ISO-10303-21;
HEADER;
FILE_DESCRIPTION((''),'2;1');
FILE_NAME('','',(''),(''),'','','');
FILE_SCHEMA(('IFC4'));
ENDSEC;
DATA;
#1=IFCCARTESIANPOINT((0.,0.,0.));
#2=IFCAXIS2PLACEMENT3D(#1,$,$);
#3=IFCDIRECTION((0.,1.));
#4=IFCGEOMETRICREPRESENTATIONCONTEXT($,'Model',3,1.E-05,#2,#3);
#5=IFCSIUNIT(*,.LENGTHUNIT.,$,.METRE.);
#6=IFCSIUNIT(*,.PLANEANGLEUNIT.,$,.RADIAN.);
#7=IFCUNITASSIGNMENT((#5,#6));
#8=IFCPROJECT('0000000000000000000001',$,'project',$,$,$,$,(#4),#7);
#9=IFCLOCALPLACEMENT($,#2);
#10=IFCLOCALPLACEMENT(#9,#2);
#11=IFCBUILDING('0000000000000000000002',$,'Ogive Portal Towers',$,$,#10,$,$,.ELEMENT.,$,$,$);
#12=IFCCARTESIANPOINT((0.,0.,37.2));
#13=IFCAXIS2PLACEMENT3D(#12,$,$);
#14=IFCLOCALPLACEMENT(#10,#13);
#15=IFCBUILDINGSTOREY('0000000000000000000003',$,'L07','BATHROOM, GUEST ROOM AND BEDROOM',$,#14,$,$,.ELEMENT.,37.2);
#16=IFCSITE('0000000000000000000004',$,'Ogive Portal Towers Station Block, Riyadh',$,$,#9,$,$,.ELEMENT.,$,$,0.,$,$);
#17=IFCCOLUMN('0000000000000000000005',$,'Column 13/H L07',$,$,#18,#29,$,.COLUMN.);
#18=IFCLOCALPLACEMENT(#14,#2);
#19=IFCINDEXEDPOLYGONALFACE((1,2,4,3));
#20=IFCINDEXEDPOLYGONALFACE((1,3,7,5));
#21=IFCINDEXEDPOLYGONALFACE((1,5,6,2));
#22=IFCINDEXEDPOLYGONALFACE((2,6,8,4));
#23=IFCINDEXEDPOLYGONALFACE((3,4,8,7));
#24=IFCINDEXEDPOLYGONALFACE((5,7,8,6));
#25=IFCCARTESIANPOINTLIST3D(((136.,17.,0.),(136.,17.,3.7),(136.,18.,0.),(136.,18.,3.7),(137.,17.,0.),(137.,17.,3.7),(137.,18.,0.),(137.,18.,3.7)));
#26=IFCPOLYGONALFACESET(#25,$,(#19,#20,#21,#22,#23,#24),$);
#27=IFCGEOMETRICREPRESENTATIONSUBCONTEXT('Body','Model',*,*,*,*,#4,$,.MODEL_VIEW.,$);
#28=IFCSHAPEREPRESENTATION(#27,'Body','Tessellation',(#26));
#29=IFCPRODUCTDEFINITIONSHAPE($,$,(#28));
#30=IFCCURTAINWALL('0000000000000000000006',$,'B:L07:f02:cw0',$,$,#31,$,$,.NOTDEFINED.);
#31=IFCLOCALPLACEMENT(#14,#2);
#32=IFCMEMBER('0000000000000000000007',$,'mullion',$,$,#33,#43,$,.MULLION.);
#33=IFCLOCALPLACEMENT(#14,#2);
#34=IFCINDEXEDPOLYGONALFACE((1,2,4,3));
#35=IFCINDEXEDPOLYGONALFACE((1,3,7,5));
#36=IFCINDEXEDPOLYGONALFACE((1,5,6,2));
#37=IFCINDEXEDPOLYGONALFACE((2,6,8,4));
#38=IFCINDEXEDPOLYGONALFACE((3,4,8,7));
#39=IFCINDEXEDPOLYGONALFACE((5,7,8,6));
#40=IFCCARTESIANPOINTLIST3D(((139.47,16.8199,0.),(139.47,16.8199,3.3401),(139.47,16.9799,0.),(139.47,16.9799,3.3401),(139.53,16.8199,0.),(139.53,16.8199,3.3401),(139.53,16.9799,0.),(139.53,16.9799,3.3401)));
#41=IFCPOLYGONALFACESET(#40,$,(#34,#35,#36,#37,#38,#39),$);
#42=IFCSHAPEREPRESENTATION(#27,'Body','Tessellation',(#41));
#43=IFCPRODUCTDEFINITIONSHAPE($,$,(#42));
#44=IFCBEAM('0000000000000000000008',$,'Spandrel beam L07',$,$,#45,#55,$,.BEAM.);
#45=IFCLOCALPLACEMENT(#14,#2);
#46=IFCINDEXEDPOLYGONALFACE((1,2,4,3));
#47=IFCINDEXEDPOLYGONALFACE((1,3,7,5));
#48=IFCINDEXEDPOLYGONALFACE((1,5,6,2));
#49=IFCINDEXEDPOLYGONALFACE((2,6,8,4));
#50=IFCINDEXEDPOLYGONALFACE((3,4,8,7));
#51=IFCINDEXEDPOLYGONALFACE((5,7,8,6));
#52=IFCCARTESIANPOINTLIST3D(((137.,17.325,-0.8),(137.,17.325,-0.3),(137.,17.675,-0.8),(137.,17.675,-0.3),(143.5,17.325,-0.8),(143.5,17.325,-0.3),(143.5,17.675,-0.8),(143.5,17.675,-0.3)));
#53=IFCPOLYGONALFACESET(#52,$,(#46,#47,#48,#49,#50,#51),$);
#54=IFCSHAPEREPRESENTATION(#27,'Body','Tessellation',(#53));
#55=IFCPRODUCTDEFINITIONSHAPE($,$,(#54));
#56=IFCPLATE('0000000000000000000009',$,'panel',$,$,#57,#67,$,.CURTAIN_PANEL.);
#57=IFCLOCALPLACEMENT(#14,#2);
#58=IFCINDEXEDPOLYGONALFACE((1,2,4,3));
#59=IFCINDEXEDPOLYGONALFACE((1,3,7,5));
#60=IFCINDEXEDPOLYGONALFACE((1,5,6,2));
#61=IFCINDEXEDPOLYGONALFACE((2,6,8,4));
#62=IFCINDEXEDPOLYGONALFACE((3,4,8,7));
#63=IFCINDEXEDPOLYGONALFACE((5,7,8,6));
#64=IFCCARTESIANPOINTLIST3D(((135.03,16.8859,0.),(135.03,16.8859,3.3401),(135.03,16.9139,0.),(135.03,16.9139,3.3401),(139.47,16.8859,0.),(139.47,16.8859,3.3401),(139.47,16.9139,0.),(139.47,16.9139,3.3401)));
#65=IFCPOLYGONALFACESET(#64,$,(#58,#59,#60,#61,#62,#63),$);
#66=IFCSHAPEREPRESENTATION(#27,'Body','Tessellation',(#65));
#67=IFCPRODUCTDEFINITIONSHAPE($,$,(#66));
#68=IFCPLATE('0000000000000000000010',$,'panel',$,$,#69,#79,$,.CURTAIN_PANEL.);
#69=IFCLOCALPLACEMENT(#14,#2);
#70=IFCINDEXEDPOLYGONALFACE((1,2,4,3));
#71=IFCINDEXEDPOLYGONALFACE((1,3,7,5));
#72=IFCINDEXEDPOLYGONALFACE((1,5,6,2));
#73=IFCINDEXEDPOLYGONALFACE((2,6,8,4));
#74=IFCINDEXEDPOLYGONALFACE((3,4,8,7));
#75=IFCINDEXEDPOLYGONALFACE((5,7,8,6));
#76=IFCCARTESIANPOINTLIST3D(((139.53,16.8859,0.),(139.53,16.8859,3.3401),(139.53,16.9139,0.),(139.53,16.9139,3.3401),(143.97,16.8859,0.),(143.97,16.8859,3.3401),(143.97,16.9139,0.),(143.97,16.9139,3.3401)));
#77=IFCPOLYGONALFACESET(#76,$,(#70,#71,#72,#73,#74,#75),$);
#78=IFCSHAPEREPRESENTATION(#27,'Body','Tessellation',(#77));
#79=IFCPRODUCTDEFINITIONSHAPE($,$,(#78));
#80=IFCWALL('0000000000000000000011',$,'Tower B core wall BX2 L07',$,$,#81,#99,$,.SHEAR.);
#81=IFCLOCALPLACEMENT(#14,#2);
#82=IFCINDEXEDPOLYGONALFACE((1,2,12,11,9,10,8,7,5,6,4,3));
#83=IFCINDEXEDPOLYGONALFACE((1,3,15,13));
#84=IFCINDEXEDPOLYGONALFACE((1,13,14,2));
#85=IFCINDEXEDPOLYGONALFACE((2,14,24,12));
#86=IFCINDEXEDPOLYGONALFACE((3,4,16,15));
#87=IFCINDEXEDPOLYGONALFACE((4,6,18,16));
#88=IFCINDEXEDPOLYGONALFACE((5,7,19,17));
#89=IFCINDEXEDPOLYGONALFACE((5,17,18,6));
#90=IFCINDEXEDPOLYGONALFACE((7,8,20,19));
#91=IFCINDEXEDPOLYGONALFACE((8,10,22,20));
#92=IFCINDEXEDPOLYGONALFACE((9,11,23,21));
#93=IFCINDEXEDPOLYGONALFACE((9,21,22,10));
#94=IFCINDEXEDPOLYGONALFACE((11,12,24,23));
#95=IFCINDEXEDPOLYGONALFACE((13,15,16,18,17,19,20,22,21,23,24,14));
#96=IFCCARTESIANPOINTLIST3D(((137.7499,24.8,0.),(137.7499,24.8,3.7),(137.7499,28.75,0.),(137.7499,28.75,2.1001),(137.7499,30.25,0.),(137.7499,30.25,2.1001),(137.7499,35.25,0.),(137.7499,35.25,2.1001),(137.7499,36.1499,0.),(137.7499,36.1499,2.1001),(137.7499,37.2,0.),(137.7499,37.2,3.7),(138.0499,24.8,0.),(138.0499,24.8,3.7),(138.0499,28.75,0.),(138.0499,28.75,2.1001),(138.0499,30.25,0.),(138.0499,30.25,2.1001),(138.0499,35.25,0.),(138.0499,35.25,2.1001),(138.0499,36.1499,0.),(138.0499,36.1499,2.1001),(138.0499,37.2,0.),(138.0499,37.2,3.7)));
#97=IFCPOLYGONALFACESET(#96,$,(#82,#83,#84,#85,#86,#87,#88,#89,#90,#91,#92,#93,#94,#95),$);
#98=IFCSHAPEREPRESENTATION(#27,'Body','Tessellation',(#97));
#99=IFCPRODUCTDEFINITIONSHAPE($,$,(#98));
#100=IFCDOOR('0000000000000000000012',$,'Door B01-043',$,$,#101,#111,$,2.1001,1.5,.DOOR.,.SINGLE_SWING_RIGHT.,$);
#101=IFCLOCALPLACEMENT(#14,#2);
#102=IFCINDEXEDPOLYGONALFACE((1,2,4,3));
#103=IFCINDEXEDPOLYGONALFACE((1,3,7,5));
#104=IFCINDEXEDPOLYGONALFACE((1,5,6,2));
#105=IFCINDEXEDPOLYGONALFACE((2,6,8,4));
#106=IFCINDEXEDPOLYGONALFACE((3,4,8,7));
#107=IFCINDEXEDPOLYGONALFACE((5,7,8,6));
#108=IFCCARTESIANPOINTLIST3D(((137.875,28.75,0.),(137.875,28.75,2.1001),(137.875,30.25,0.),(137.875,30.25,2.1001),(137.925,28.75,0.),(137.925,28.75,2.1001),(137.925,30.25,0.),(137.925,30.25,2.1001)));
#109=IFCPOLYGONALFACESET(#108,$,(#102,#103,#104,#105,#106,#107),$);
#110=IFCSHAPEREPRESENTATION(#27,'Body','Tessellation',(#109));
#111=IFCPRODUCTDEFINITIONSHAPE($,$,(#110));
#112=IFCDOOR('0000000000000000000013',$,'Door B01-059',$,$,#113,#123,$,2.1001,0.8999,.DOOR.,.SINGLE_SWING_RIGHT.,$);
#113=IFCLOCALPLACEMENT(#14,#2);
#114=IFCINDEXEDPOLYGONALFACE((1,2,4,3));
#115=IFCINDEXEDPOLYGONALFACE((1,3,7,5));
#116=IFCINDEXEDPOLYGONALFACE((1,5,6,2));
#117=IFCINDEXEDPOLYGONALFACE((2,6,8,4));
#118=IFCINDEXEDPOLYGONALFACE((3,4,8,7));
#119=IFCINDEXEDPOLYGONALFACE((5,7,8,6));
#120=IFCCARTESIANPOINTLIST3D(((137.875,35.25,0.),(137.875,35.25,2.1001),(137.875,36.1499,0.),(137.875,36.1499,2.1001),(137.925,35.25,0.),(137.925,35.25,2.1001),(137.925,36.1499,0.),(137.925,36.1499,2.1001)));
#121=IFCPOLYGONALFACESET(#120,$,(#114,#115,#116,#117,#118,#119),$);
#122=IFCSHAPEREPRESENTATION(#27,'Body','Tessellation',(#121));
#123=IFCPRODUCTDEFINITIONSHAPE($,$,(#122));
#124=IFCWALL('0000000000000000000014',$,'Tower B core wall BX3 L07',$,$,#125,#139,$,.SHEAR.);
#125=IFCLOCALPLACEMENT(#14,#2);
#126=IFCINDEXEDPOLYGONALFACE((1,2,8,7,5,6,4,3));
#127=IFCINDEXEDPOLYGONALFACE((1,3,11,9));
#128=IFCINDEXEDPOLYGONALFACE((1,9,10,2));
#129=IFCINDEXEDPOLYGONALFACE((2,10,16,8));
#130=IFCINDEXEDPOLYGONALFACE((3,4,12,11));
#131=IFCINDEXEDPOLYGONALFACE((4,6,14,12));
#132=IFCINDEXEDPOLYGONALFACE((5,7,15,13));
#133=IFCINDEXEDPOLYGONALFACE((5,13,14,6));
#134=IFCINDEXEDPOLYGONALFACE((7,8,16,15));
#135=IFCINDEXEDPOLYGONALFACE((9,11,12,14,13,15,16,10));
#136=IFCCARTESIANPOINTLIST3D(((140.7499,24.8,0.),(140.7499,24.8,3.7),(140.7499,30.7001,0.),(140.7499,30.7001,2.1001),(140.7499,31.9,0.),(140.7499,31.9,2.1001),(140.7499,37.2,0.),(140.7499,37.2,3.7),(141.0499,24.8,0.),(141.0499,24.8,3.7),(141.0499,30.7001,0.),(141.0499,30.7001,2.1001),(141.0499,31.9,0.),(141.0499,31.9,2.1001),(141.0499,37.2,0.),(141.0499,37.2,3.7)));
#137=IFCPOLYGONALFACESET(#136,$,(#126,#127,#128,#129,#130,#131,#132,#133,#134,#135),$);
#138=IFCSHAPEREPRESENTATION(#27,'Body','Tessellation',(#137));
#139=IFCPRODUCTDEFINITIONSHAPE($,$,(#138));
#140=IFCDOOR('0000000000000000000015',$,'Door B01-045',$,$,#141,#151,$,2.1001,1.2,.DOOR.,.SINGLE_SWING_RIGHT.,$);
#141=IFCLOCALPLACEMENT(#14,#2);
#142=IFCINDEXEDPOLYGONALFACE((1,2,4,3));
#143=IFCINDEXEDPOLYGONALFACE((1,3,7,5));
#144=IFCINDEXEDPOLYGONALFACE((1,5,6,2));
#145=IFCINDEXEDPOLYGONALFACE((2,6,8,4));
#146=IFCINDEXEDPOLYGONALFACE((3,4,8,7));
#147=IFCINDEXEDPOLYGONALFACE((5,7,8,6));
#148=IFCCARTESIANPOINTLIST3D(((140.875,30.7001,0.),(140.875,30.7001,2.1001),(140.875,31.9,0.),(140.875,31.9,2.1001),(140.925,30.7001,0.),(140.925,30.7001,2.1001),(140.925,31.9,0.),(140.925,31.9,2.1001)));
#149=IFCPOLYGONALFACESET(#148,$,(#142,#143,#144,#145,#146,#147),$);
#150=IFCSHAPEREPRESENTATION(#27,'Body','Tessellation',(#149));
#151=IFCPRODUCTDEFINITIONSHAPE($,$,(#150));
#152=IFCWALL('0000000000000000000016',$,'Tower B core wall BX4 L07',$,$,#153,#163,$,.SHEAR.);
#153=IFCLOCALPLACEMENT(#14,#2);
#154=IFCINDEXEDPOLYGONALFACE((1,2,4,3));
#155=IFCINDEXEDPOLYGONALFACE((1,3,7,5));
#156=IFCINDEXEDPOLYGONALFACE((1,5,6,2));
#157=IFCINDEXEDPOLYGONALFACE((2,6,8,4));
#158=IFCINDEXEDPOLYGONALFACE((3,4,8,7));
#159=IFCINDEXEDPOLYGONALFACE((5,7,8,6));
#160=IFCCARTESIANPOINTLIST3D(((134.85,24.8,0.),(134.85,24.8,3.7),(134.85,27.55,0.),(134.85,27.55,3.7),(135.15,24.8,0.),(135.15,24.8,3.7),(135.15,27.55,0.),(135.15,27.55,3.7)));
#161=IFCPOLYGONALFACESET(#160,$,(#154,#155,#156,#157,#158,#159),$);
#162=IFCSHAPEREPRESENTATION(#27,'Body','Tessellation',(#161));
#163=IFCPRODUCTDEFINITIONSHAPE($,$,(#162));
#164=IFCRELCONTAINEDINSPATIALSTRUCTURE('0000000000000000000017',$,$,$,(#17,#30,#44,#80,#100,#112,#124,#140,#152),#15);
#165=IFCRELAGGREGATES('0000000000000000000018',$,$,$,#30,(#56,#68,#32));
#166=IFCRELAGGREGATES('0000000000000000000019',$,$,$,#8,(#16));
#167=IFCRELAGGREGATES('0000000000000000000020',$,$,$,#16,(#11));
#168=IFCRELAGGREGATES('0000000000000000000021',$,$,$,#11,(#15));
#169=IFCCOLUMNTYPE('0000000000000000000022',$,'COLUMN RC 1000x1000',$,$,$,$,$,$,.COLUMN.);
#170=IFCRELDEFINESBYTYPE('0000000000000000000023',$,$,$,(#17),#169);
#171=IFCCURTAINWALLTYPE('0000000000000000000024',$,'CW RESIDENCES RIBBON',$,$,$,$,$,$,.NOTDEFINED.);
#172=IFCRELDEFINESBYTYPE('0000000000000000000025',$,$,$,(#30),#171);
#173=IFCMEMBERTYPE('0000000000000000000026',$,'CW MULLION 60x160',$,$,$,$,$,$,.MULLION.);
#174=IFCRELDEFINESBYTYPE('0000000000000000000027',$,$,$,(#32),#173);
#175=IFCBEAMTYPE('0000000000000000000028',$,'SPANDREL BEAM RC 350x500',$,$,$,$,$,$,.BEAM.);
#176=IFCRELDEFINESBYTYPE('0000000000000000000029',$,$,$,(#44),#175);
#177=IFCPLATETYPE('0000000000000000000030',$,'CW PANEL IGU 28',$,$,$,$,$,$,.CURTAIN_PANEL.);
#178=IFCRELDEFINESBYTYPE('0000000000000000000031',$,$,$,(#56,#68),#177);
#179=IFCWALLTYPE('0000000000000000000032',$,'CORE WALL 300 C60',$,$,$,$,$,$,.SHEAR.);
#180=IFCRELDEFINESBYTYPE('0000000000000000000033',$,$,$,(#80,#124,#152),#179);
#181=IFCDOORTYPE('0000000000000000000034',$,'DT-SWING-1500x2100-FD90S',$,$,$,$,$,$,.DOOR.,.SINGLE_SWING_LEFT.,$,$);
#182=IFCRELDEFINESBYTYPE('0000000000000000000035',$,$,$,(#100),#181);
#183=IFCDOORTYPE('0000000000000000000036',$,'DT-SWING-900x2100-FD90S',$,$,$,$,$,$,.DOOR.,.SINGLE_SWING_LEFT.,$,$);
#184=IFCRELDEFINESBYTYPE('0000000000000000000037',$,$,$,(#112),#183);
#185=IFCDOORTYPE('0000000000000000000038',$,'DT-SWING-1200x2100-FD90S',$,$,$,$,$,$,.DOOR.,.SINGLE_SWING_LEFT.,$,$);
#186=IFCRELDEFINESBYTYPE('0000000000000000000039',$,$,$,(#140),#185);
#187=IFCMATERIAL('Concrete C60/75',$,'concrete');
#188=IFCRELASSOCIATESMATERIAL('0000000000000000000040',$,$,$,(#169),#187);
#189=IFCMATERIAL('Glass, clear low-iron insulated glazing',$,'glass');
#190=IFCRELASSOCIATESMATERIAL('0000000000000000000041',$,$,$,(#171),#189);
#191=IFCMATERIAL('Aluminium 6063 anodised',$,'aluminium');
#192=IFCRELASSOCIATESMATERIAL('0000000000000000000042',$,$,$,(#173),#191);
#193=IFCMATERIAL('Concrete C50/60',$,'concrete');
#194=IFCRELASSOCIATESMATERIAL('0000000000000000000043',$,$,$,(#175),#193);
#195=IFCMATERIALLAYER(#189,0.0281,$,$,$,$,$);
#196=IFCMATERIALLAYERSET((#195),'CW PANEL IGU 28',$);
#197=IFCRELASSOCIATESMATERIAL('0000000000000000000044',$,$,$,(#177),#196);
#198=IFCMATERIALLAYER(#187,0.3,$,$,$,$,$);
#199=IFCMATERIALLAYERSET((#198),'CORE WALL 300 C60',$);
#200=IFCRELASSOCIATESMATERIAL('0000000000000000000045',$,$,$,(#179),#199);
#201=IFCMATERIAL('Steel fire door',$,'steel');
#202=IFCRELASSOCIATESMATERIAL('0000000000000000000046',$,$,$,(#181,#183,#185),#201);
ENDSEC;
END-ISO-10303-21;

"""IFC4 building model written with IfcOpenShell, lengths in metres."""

from ifc_helpers import new_model, si_unit, direction, frame, frame_2d, origin, origin_2d, place, context, subcontext, project, spatial, rectangle, extrude, material, layer, layer_set, material_profile, profile_set, type_object, element, fill, aggregate, save


model = new_model("IFC4")

# Units and contexts
model_context = context("Model", 3, precision=1e-05, world=origin(), true_north=direction((0.0, 1.0)))
body_context = subcontext(model_context, "Body", "Model", "MODEL_VIEW")
ifc_project = project(units=[si_unit("LENGTHUNIT", "METRE"), si_unit("PLANEANGLEUNIT", "RADIAN")], contexts=[model_context])

# Site, building, storey
site_placement = place(None, origin())
site = spatial("IfcSite", under=ifc_project, at=site_placement, Name="Ogive Portal Towers Station Block, Riyadh", CompositionType="ELEMENT", RefElevation=0.0)
building_placement = place(site_placement, origin())
building = spatial("IfcBuilding", under=site, at=building_placement, Name="Ogive Portal Towers", CompositionType="ELEMENT")
storey_placement = place(building_placement, frame((0.0, 0.0, 37.2)))
storey = spatial("IfcBuildingStorey", under=building, at=storey_placement, Name="L07", Description="BATHROOM, GUEST ROOM AND BEDROOM", CompositionType="ELEMENT", Elevation=37.2)

# Column
ifc_material_1 = material(Name="Concrete C60/75", Category="concrete")
ifc_material_profile_1 = material_profile(ifc_material_1, rectangle(XDim=1.0, YDim=1.0, at=origin_2d()), Name="RC 1000x1000")
ifc_profile_set_1 = profile_set([ifc_material_profile_1], Name="Concrete C60/75")
column_type = type_object("IfcColumnType", Name="COLUMN RC 1000x1000", PredefinedType="COLUMN", material=ifc_profile_set_1)
column_placement = place(storey_placement, frame((136.5, 17.5, 0.0), z_axis=(0.0, 0.0, 1.0), x_axis=(1.0, 0.0, 0.0)))
element("IfcColumn", 1, at=column_placement, inside=storey, type_object=column_type, Name="Column 13/H L07", PredefinedType="COLUMN", context=body_context, shape_type="SweptSolid", body=[
    extrude(rectangle(XDim=1.0, YDim=1.0, at=origin_2d()), origin(), (0.0, 0.0, 1.0), 3.7),
])

# Curtain wall, member
ifc_material_2 = material(Name="Glass, clear low-iron insulated glazing", Category="glass")
curtain_wall_type = type_object("IfcCurtainWallType", Name="CW RESIDENCES RIBBON", PredefinedType="NOTDEFINED", material=ifc_material_2)
curtain_wall_placement = place(storey_placement, origin())
curtain_wall = element("IfcCurtainWall", 2, at=curtain_wall_placement, inside=storey, type_object=curtain_wall_type, Name="B:L07:f02:cw0", PredefinedType="NOTDEFINED")
ifc_material_3 = material(Name="Aluminium 6063 anodised", Category="aluminium")
ifc_material_profile_2 = material_profile(ifc_material_3, rectangle(XDim=0.1599, YDim=0.0601, at=origin_2d()), Name="AL 60x160")
ifc_profile_set_2 = profile_set([ifc_material_profile_2], Name="Aluminium 6063 anodised")
member_type = type_object("IfcMemberType", Name="CW MULLION 60x160", PredefinedType="MULLION", material=ifc_profile_set_2)
member_placement = place(storey_placement, frame((139.5, 16.8999, 0.0), z_axis=(0.0, 0.0, 1.0), x_axis=(0.0, 1.0, 0.0)))
member = element("IfcMember", 3, at=member_placement, type_object=member_type, Name="mullion", PredefinedType="MULLION", context=body_context, shape_type="SweptSolid", body=[
    extrude(rectangle(XDim=0.1599, YDim=0.0601, at=origin_2d()), origin(), (0.0, 0.0, 1.0), 3.3401),
])

# Beam
ifc_material_4 = material(Name="Concrete C50/60", Category="concrete")
ifc_material_profile_3 = material_profile(ifc_material_4, rectangle(XDim=0.3501, YDim=0.5, at=origin_2d()), Name="RC 350x500")
ifc_profile_set_3 = profile_set([ifc_material_profile_3], Name="Concrete C50/60")
beam_type = type_object("IfcBeamType", Name="SPANDREL BEAM RC 350x500", PredefinedType="BEAM", material=ifc_profile_set_3)
beam_placement = place(storey_placement, frame((137.0, 17.5, -0.55), z_axis=(1.0, 0.0, 0.0), x_axis=(0.0, 1.0, 0.0)))
element("IfcBeam", 4, at=beam_placement, inside=storey, type_object=beam_type, Name="Spandrel beam L07", PredefinedType="BEAM", context=body_context, shape_type="SweptSolid", body=[
    extrude(rectangle(XDim=0.3501, YDim=0.5, at=origin_2d()), origin(), (0.0, 0.0, 1.0), 6.5),
])

# Plates
ifc_layer_1 = layer(ifc_material_2, 0.0281)
ifc_layer_set_1 = layer_set([ifc_layer_1], Name="CW PANEL IGU 28")
plate_type = type_object("IfcPlateType", Name="CW PANEL IGU 28", PredefinedType="CURTAIN_PANEL", material=ifc_layer_set_1)
plate_1_placement = place(storey_placement, frame((137.25, 16.8999, 0.0), z_axis=(0.0, 0.0, 1.0), x_axis=(1.0, 0.0, 0.0)))
plate_1 = element("IfcPlate", 5, at=plate_1_placement, type_object=plate_type, Name="panel", PredefinedType="CURTAIN_PANEL", context=body_context, shape_type="SweptSolid", body=[
    extrude(rectangle(XDim=4.4399, YDim=0.0281, at=origin_2d()), origin(), (0.0, 0.0, 1.0), 3.3401),
])
plate_2_placement = place(storey_placement, frame((141.75, 16.8999, 0.0), z_axis=(0.0, 0.0, 1.0), x_axis=(1.0, 0.0, 0.0)))
plate_2 = element("IfcPlate", 6, at=plate_2_placement, type_object=plate_type, Name="panel", PredefinedType="CURTAIN_PANEL", context=body_context, shape_type="SweptSolid", body=[
    extrude(rectangle(XDim=4.4399, YDim=0.0281, at=origin_2d()), origin(), (0.0, 0.0, 1.0), 3.3401),
])
aggregate(curtain_wall, [plate_1, plate_2, member])

# Wall, openings, doors
ifc_layer_2 = layer(ifc_material_1, 0.3)
ifc_layer_set_2 = layer_set([ifc_layer_2], Name="CORE WALL 300 C60")
wall_type_1 = type_object("IfcWallType", Name="CORE WALL 300 C60", PredefinedType="SHEAR", material=ifc_layer_set_2)
wall_1_placement = place(storey_placement, frame((137.8999, 24.8, 0.0), z_axis=(0.0, 0.0, 1.0), x_axis=(0.0, 1.0, 0.0)))
wall_1 = element("IfcWall", 7, at=wall_1_placement, inside=storey, type_object=wall_type_1, Name="Tower B core wall BX2 L07", PredefinedType="SHEAR", context=body_context, shape_type="SweptSolid", body=[
    extrude(rectangle(XDim=12.3999, YDim=0.3, at=frame_2d((6.2, 0.0))), origin(), (0.0, 0.0, 1.0), 3.7),
])
opening_1_placement = place(wall_1_placement, frame((3.95, 0.0, 0.0)))
opening_1 = element("IfcOpeningElement", 8, at=opening_1_placement, cuts=wall_1, PredefinedType="OPENING", context=body_context, shape_type="SweptSolid", body=[
    extrude(rectangle(XDim=1.5, YDim=2.1001, at=frame_2d((0.75, 1.05))), frame((0.0, 0.1602, 0.0), z_axis=(0.0, -1.0, 0.0), x_axis=(1.0, 0.0, 0.0)), (0.0, 0.0, 1.0), 0.3201),
])
opening_2_placement = place(wall_1_placement, frame((10.45, 0.0, 0.0)))
opening_2 = element("IfcOpeningElement", 9, at=opening_2_placement, cuts=wall_1, PredefinedType="OPENING", context=body_context, shape_type="SweptSolid", body=[
    extrude(rectangle(XDim=0.8999, YDim=2.1001, at=frame_2d((0.45, 1.05))), frame((0.0, 0.1602, 0.0), z_axis=(0.0, -1.0, 0.0), x_axis=(1.0, 0.0, 0.0)), (0.0, 0.0, 1.0), 0.3201),
])
ifc_material_5 = material(Name="Steel fire door", Category="steel")
door_type_1 = type_object("IfcDoorType", Name="DT-SWING-1500x2100-FD90S", OperationType="SINGLE_SWING_LEFT", PredefinedType="DOOR", material=ifc_material_5)
door_1_placement = place(opening_1_placement, origin())
door_1 = element("IfcDoor", 10, at=door_1_placement, inside=storey, type_object=door_type_1, Name="Door B01-043", OperationType="SINGLE_SWING_RIGHT", OverallHeight=2.1001, OverallWidth=1.5, PredefinedType="DOOR", context=body_context, shape_type="SweptSolid", body=[
    extrude(rectangle(XDim=1.5, YDim=2.1001, at=frame_2d((0.75, 1.05))), frame((0.0, 0.0249, 0.0), z_axis=(0.0, -1.0, 0.0), x_axis=(1.0, 0.0, 0.0)), (0.0, 0.0, 1.0), 0.05),
])
fill(opening_1, door_1)
door_type_2 = type_object("IfcDoorType", Name="DT-SWING-900x2100-FD90S", OperationType="SINGLE_SWING_LEFT", PredefinedType="DOOR", material=ifc_material_5)
door_2_placement = place(opening_2_placement, origin())
door_2 = element("IfcDoor", 11, at=door_2_placement, inside=storey, type_object=door_type_2, Name="Door B01-059", OperationType="SINGLE_SWING_RIGHT", OverallHeight=2.1001, OverallWidth=0.8999, PredefinedType="DOOR", context=body_context, shape_type="SweptSolid", body=[
    extrude(rectangle(XDim=0.8999, YDim=2.1001, at=frame_2d((0.45, 1.05))), frame((0.0, 0.0249, 0.0), z_axis=(0.0, -1.0, 0.0), x_axis=(1.0, 0.0, 0.0)), (0.0, 0.0, 1.0), 0.05),
])
fill(opening_2, door_2)

# Wall, opening, door
wall_2_placement = place(storey_placement, frame((140.8999, 24.8, 0.0), z_axis=(0.0, 0.0, 1.0), x_axis=(0.0, 1.0, 0.0)))
wall_2 = element("IfcWall", 12, at=wall_2_placement, inside=storey, type_object=wall_type_1, Name="Tower B core wall BX3 L07", PredefinedType="SHEAR", context=body_context, shape_type="SweptSolid", body=[
    extrude(rectangle(XDim=12.3999, YDim=0.3, at=frame_2d((6.2, 0.0))), origin(), (0.0, 0.0, 1.0), 3.7),
])
opening_3_placement = place(wall_2_placement, frame((5.8999, 0.0, 0.0)))
opening_3 = element("IfcOpeningElement", 13, at=opening_3_placement, cuts=wall_2, PredefinedType="OPENING", context=body_context, shape_type="SweptSolid", body=[
    extrude(rectangle(XDim=1.2, YDim=2.1001, at=frame_2d((0.6001, 1.05))), frame((0.0, 0.1602, 0.0), z_axis=(0.0, -1.0, 0.0), x_axis=(1.0, 0.0, 0.0)), (0.0, 0.0, 1.0), 0.3201),
])
door_type_3 = type_object("IfcDoorType", Name="DT-SWING-1200x2100-FD90S", OperationType="SINGLE_SWING_LEFT", PredefinedType="DOOR", material=ifc_material_5)
door_3_placement = place(opening_3_placement, origin())
door_3 = element("IfcDoor", 14, at=door_3_placement, inside=storey, type_object=door_type_3, Name="Door B01-045", OperationType="SINGLE_SWING_RIGHT", OverallHeight=2.1001, OverallWidth=1.2, PredefinedType="DOOR", context=body_context, shape_type="SweptSolid", body=[
    extrude(rectangle(XDim=1.2, YDim=2.1001, at=frame_2d((0.6001, 1.05))), frame((0.0, 0.0249, 0.0), z_axis=(0.0, -1.0, 0.0), x_axis=(1.0, 0.0, 0.0)), (0.0, 0.0, 1.0), 0.05),
])
fill(opening_3, door_3)

# Wall
wall_3_placement = place(storey_placement, frame((135.0, 24.8, 0.0), z_axis=(0.0, 0.0, 1.0), x_axis=(0.0, 1.0, 0.0)))
element("IfcWall", 15, at=wall_3_placement, inside=storey, type_object=wall_type_1, Name="Tower B core wall BX4 L07", PredefinedType="SHEAR", context=body_context, shape_type="SweptSolid", body=[
    extrude(rectangle(XDim=2.75, YDim=0.3, at=frame_2d((1.375, 0.0))), origin(), (0.0, 0.0, 1.0), 3.7),
])

save(model, "model.ifc")
